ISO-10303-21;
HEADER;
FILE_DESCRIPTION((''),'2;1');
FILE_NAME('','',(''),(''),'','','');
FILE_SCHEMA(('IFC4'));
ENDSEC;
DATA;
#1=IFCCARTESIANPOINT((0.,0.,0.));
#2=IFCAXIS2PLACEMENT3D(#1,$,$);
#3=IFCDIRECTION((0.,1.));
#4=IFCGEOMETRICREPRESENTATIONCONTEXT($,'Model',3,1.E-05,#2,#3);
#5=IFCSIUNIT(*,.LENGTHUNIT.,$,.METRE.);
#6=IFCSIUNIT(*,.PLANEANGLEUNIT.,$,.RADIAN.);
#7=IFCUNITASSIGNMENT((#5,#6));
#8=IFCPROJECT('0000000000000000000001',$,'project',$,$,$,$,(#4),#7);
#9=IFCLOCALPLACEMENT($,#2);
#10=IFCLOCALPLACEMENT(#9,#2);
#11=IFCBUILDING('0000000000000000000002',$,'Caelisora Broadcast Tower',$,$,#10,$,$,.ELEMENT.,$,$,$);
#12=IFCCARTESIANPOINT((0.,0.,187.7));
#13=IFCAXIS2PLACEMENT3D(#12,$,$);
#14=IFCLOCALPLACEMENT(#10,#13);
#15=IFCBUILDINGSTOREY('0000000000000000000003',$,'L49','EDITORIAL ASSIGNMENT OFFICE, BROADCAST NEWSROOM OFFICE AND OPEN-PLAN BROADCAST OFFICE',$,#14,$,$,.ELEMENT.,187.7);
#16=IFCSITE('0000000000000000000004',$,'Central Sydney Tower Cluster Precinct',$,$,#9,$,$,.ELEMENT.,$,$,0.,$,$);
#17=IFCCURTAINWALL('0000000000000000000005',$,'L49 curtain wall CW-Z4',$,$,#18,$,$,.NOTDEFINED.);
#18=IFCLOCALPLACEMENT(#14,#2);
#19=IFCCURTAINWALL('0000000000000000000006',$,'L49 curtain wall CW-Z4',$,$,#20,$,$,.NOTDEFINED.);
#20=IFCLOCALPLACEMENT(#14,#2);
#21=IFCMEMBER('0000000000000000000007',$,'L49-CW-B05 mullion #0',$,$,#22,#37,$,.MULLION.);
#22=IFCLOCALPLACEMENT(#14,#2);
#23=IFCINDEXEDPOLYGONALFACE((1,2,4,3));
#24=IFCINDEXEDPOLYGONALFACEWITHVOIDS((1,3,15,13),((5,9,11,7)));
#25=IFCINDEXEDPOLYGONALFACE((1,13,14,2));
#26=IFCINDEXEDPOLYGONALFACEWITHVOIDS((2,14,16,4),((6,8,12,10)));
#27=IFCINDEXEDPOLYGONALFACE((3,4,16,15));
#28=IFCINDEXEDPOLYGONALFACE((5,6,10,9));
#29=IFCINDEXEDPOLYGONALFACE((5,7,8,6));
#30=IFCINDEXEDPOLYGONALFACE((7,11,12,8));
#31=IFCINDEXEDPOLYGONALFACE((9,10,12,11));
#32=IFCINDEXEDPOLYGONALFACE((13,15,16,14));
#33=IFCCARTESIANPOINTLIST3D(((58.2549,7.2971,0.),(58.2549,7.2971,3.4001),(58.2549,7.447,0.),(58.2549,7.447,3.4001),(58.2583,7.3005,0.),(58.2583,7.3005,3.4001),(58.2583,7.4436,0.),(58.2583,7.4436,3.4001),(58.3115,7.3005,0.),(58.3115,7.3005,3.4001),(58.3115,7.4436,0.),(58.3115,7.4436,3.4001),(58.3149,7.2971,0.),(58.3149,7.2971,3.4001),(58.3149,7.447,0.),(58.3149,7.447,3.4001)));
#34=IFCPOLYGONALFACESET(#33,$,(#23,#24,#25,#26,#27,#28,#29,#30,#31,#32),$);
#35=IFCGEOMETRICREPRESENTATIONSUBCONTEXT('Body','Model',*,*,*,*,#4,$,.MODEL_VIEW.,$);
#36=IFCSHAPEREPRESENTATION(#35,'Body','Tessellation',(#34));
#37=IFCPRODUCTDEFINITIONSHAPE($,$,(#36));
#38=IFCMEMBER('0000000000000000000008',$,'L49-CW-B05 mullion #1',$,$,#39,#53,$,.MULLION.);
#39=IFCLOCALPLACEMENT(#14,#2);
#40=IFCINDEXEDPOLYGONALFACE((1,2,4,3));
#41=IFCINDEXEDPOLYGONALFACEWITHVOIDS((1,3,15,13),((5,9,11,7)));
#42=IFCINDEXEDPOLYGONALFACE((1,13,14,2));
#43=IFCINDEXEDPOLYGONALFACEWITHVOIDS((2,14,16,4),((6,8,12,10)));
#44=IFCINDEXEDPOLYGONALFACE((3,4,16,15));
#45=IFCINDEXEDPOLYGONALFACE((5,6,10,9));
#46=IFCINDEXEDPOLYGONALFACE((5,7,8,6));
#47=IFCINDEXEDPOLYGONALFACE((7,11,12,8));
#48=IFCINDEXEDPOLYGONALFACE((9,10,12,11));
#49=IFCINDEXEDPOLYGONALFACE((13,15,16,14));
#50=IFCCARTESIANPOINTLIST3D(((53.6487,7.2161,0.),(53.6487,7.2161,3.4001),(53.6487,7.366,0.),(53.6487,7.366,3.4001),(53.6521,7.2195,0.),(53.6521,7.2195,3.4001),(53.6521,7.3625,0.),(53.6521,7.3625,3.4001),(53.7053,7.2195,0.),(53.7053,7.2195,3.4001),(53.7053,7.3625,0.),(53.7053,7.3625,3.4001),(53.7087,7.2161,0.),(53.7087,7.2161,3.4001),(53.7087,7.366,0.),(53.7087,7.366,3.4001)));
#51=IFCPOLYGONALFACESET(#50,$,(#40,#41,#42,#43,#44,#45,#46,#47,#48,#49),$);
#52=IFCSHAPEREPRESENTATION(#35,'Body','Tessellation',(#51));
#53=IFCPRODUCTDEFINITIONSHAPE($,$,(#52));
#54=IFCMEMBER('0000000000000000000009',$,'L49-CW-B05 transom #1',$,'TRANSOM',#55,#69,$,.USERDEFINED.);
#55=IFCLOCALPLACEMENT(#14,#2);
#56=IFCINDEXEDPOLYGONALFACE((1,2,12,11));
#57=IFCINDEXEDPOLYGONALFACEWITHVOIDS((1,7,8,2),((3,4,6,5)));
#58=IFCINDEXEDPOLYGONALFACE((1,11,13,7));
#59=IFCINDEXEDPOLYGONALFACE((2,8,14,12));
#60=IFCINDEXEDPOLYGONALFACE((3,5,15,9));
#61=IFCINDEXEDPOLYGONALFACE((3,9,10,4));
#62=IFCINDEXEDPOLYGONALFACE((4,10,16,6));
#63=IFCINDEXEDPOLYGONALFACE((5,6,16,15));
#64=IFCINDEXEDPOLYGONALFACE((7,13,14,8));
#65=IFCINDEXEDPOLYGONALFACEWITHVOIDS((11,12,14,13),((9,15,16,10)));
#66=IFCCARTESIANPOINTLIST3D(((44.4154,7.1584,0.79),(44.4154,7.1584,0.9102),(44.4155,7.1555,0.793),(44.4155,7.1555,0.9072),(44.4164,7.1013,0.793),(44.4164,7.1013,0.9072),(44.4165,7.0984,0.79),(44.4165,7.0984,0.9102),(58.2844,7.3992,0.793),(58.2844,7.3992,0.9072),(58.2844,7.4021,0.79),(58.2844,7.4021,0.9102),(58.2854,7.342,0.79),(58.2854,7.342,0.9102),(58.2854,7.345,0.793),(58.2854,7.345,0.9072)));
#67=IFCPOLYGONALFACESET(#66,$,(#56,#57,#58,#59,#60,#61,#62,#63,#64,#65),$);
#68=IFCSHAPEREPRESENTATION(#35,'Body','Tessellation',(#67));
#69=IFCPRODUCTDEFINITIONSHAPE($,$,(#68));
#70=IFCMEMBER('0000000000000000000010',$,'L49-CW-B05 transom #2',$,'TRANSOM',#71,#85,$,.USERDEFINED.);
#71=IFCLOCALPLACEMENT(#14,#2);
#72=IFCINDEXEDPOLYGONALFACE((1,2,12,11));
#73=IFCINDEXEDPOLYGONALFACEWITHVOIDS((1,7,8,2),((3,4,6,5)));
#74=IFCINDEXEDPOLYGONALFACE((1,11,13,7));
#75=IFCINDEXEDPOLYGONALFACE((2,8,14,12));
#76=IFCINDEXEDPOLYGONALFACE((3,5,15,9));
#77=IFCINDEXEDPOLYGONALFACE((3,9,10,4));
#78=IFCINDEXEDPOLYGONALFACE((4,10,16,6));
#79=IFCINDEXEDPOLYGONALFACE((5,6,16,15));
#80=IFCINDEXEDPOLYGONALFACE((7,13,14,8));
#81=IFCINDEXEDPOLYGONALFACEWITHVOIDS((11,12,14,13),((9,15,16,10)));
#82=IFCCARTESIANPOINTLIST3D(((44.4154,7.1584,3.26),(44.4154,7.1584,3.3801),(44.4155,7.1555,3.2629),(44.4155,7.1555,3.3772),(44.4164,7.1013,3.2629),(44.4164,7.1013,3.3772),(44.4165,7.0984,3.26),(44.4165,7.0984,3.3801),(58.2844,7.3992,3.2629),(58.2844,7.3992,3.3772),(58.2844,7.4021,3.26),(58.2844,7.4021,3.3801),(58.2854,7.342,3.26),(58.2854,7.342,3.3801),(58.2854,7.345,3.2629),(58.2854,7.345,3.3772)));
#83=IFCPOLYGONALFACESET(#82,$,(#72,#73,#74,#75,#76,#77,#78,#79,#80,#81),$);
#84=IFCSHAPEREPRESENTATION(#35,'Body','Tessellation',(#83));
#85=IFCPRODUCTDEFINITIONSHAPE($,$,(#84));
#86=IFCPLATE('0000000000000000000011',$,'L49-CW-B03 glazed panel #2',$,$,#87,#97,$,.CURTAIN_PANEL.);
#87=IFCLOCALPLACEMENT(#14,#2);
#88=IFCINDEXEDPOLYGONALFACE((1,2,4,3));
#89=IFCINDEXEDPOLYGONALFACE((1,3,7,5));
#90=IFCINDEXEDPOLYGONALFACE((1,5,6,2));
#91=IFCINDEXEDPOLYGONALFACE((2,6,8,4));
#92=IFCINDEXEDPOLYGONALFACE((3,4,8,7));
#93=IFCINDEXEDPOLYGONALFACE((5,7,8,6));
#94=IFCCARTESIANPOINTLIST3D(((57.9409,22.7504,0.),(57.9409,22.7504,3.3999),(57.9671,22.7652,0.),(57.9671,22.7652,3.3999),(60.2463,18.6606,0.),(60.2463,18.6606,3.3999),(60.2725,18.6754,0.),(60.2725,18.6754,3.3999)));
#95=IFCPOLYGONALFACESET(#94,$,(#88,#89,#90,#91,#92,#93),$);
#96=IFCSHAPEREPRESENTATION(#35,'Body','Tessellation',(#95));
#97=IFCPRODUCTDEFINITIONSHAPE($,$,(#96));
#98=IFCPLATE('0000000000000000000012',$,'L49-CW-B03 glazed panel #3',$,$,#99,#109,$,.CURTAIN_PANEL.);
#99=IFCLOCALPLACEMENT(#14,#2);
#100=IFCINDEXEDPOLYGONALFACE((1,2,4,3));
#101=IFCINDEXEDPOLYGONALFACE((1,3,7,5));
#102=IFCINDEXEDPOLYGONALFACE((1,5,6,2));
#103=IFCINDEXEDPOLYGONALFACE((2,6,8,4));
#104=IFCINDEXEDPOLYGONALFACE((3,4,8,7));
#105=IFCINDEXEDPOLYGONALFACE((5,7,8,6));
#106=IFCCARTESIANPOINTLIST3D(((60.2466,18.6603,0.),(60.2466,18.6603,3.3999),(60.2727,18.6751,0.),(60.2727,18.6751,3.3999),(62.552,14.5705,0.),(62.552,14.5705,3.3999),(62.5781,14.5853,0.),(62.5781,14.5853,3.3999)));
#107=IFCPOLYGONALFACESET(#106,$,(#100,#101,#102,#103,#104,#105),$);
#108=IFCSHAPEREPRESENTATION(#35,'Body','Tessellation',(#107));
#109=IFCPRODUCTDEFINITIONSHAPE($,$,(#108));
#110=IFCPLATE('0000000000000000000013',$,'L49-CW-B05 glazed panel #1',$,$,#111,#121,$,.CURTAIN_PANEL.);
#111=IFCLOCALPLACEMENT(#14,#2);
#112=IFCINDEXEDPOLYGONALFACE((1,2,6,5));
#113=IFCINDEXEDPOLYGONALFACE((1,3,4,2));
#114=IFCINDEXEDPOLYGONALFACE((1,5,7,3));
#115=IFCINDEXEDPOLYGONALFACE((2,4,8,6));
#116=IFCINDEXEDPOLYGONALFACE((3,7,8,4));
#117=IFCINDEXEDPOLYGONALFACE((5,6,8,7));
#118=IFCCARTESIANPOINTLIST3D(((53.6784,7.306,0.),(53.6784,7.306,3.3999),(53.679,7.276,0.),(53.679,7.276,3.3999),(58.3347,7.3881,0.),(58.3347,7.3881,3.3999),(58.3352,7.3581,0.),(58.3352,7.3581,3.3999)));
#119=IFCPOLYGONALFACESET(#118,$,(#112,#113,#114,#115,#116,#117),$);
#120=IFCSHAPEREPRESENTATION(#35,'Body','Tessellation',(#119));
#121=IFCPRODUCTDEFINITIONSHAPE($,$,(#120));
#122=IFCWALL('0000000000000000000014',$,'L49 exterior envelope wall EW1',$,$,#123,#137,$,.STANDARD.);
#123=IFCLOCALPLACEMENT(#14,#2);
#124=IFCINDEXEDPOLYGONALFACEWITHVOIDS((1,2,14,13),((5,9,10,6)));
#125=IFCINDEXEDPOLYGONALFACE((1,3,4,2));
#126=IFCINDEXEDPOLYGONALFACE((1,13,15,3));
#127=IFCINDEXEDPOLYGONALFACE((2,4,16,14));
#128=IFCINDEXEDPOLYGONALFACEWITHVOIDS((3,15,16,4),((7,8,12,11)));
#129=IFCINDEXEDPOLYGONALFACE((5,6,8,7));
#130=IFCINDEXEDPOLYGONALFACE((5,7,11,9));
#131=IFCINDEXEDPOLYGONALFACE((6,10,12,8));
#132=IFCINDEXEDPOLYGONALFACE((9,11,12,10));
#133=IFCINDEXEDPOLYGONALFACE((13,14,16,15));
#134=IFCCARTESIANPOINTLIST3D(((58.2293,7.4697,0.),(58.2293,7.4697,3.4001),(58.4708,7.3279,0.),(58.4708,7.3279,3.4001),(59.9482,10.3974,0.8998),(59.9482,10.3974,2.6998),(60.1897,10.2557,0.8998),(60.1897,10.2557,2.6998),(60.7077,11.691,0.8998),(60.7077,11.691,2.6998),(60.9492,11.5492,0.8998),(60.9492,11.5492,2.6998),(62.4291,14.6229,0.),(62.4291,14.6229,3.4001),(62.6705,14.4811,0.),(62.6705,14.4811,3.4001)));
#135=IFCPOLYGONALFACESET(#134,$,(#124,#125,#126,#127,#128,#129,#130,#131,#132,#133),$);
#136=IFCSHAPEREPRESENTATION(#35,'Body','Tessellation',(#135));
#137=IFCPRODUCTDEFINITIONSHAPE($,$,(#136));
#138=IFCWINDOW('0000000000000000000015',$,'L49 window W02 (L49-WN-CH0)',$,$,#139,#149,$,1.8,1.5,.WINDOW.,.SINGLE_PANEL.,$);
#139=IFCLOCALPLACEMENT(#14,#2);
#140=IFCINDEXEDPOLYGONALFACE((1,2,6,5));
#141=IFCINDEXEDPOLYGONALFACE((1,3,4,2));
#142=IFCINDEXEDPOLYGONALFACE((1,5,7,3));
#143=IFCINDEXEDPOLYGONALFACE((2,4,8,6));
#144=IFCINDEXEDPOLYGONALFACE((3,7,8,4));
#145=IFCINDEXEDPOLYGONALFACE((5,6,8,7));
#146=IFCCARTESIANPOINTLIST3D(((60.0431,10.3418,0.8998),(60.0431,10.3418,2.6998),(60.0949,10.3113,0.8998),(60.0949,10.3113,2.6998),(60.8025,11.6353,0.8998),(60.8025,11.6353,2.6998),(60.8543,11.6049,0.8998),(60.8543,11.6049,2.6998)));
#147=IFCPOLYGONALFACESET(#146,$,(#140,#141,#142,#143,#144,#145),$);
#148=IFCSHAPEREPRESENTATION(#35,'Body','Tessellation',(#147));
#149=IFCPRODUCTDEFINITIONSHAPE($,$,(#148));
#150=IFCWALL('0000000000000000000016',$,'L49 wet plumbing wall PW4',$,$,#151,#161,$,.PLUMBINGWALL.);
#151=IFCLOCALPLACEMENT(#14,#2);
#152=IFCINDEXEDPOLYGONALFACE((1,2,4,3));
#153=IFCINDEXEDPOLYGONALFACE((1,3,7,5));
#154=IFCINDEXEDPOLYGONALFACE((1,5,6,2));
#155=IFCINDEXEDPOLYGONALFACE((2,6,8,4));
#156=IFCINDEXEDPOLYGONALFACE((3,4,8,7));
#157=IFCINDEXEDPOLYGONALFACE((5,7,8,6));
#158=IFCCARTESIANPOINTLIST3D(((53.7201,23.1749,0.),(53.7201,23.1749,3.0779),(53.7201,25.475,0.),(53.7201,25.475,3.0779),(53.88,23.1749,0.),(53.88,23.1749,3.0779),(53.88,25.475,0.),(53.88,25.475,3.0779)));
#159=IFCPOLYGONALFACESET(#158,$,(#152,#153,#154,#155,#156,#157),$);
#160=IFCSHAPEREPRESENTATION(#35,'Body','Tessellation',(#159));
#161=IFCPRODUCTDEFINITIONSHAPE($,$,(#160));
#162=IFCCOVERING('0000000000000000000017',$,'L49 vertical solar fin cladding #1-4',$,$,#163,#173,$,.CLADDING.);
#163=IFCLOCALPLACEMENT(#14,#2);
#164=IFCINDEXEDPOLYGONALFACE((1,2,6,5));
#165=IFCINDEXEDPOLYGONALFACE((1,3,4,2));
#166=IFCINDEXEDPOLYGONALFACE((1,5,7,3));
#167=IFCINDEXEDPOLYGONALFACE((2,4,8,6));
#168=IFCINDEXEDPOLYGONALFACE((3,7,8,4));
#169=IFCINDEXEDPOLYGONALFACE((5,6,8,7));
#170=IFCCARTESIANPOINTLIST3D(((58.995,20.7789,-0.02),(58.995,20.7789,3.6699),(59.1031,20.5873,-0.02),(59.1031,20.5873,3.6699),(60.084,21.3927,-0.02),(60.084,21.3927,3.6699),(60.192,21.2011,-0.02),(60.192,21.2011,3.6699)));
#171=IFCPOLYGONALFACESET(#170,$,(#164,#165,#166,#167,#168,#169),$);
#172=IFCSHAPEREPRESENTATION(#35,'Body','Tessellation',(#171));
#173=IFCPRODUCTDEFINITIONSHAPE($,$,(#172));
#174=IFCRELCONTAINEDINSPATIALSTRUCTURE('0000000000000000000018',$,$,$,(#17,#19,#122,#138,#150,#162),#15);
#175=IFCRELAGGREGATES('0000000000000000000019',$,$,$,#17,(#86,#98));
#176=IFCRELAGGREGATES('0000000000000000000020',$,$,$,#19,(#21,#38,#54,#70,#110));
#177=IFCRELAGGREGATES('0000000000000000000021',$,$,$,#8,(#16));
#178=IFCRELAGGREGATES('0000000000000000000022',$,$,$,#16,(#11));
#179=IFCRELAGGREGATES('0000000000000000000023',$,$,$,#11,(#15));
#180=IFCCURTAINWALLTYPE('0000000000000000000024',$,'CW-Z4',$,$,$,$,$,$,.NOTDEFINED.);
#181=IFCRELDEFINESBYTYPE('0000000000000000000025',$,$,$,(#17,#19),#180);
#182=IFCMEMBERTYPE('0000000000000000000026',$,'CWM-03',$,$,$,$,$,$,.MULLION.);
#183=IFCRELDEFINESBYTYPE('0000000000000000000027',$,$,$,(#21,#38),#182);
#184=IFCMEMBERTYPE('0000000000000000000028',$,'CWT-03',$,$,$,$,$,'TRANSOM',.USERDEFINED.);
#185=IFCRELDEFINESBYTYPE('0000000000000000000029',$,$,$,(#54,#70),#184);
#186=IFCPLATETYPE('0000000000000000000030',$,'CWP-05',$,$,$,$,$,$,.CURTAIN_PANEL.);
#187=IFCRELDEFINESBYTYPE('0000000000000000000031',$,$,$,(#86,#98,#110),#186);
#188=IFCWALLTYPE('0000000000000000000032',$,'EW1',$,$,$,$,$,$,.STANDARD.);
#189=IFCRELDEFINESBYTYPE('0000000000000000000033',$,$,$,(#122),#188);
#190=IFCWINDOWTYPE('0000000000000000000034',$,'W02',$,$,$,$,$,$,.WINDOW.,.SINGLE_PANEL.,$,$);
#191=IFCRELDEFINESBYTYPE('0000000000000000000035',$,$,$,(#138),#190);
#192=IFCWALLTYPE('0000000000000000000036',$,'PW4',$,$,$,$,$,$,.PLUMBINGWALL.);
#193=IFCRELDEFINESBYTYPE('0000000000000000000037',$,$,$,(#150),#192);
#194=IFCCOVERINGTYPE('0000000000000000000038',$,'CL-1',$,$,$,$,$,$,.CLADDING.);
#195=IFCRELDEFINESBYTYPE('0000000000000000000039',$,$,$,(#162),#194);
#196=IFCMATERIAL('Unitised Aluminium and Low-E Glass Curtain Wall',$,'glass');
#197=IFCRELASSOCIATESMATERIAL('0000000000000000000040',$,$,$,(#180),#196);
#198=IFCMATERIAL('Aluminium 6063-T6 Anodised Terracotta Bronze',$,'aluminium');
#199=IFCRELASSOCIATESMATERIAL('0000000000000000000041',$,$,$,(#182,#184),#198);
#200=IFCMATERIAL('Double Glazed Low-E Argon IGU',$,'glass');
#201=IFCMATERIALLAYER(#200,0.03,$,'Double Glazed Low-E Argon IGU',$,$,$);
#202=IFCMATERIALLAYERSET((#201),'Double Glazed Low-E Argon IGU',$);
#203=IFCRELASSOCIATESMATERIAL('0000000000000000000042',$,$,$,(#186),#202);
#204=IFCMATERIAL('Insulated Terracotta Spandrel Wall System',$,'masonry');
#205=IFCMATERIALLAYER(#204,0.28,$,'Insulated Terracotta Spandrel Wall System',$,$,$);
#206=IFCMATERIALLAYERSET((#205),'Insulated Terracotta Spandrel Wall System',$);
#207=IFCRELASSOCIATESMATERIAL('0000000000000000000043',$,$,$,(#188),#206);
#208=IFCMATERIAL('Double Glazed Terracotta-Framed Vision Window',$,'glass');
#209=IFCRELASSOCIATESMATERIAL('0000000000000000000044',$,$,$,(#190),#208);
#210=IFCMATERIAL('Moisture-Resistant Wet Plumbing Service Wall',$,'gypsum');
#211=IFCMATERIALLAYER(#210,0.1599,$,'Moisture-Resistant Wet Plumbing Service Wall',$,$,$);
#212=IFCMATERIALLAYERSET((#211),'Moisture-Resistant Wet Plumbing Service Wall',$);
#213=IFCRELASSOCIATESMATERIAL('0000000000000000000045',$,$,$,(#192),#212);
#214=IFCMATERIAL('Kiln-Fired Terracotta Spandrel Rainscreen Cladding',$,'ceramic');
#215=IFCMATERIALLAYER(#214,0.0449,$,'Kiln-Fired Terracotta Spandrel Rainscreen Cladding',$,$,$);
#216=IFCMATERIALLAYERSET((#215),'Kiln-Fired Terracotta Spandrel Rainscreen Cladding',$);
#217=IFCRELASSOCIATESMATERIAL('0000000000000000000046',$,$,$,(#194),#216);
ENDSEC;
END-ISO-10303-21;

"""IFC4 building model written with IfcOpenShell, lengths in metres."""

from ifc_helpers import new_model, si_unit, direction, frame, frame_2d, origin, origin_2d, place, context, subcontext, project, spatial, rectangle, hollow_rectangle, extrude, source, transform, mapped, material, layer, layer_set, material_profile, profile_set, type_object, type_shapes, element, fill, aggregate, save


model = new_model("IFC4")

# Units and contexts
model_context = context("Model", 3, precision=1e-05, world=origin(), true_north=direction((0.0, 1.0)))
body_context = subcontext(model_context, "Body", "Model", "MODEL_VIEW")
ifc_project = project(units=[si_unit("LENGTHUNIT", "METRE"), si_unit("PLANEANGLEUNIT", "RADIAN")], contexts=[model_context])

# Site, building, storey
site_placement = place(None, origin())
site = spatial("IfcSite", under=ifc_project, at=site_placement, Name="Central Sydney Tower Cluster Precinct", CompositionType="ELEMENT", RefElevation=0.0)
building_placement = place(site_placement, origin())
building = spatial("IfcBuilding", under=site, at=building_placement, Name="Caelisora Broadcast Tower", CompositionType="ELEMENT")
storey_placement = place(building_placement, frame((0.0, 0.0, 187.7)))
storey = spatial("IfcBuildingStorey", under=building, at=storey_placement, Name="L49", Description="EDITORIAL ASSIGNMENT OFFICE, BROADCAST NEWSROOM OFFICE AND OPEN-PLAN BROADCAST OFFICE", CompositionType="ELEMENT", Elevation=187.7)

# Curtain walls, members
ifc_material_1 = material(Name="Unitised Aluminium and Low-E Glass Curtain Wall", Category="glass")
curtain_wall_type = type_object("IfcCurtainWallType", Name="CW-Z4", PredefinedType="NOTDEFINED", material=ifc_material_1)
curtain_wall_1_placement = place(storey_placement, origin())
curtain_wall_1 = element("IfcCurtainWall", 1, at=curtain_wall_1_placement, inside=storey, type_object=curtain_wall_type, Name="L49 curtain wall CW-Z4", PredefinedType="NOTDEFINED")
ifc_material_2 = material(Name="Aluminium 6063-T6 Anodised Terracotta Bronze", Category="aluminium")
ifc_material_profile_1 = material_profile(ifc_material_2, hollow_rectangle(XDim=0.0601, YDim=0.1499, WallThickness=0.0034, at=origin_2d()), Name="Aluminium 6063-T6 Anodised Terracotta Bronze")
ifc_profile_set_1 = profile_set([ifc_material_profile_1], Name="Aluminium 6063-T6 Anodised Terracotta Bronze")
member_type_1 = type_object("IfcMemberType", Name="CWM-03", PredefinedType="MULLION", material=ifc_profile_set_1)
shared_shape_1 = source(origin(), body_context, "Body", "SweptSolid", [
    extrude(hollow_rectangle(XDim=0.0601, YDim=0.1499, WallThickness=0.0034, at=origin_2d()), origin(), (0.0, 0.0, 1.0), 3.4001),
])
type_shapes(member_type_1, [shared_shape_1])
curtain_wall_2_placement = place(storey_placement, origin())
curtain_wall_2 = element("IfcCurtainWall", 2, at=curtain_wall_2_placement, inside=storey, type_object=curtain_wall_type, Name="L49 curtain wall CW-Z4", PredefinedType="NOTDEFINED")
member_1_placement = place(storey_placement, frame((58.2849, 7.3721, 0.0), z_axis=(0.0, 0.0, 1.0), x_axis=(1.0, 0.0, 0.0)))
member_1 = element("IfcMember", 3, at=member_1_placement, type_object=member_type_1, Name="L49-CW-B05 mullion #0", PredefinedType="MULLION", context=body_context, shape_type="MappedRepresentation", body=[
    mapped(shared_shape_1, transform((0.0, 0.0, 0.0), scale=1.0)),
])
member_2_placement = place(storey_placement, frame((53.6787, 7.291, 0.0), z_axis=(0.0, 0.0, 1.0), x_axis=(1.0, 0.0, 0.0)))
member_2 = element("IfcMember", 4, at=member_2_placement, type_object=member_type_1, Name="L49-CW-B05 mullion #1", PredefinedType="MULLION", context=body_context, shape_type="MappedRepresentation", body=[
    mapped(shared_shape_1, transform((0.0, 0.0, 0.0), scale=1.0)),
])
ifc_material_profile_2 = material_profile(ifc_material_2, hollow_rectangle(XDim=0.0601, YDim=0.1201, WallThickness=0.0029, at=origin_2d()), Name="Aluminium 6063-T6 Anodised Terracotta Bronze")
ifc_profile_set_2 = profile_set([ifc_material_profile_2], Name="Aluminium 6063-T6 Anodised Terracotta Bronze")
member_type_2 = type_object("IfcMemberType", Name="CWT-03", ElementType="TRANSOM", PredefinedType="USERDEFINED", material=ifc_profile_set_2)
shared_shape_2 = source(origin(), body_context, "Body", "SweptSolid", [
    extrude(hollow_rectangle(XDim=0.0601, YDim=0.1201, WallThickness=0.0029, at=origin_2d()), origin(), (0.0, 0.0, 1.0), 13.8711),
])
type_shapes(member_type_2, [shared_shape_2])
member_3_placement = place(storey_placement, frame((58.2849, 7.3721, 0.8501), z_axis=(-0.999846, -0.017566, 0.0), x_axis=(0.017566, -0.999846, 0.0)))
member_3 = element("IfcMember", 5, at=member_3_placement, type_object=member_type_2, Name="L49-CW-B05 transom #1", ObjectType="TRANSOM", PredefinedType="USERDEFINED", context=body_context, shape_type="MappedRepresentation", body=[
    mapped(shared_shape_2, transform((0.0, 0.0, 0.0), scale=1.0)),
])
member_4_placement = place(storey_placement, frame((58.2849, 7.3721, 3.3201), z_axis=(-0.999846, -0.017566, 0.0), x_axis=(0.017566, -0.999846, 0.0)))
member_4 = element("IfcMember", 6, at=member_4_placement, type_object=member_type_2, Name="L49-CW-B05 transom #2", ObjectType="TRANSOM", PredefinedType="USERDEFINED", context=body_context, shape_type="MappedRepresentation", body=[
    mapped(shared_shape_2, transform((0.0, 0.0, 0.0), scale=1.0)),
])

# Plates
ifc_material_3 = material(Name="Double Glazed Low-E Argon IGU", Category="glass")
ifc_layer_1 = layer(ifc_material_3, 0.03, Name="Double Glazed Low-E Argon IGU")
ifc_layer_set_1 = layer_set([ifc_layer_1], Name="Double Glazed Low-E Argon IGU")
plate_type = type_object("IfcPlateType", Name="CWP-05", PredefinedType="CURTAIN_PANEL", material=ifc_layer_set_1)
shared_shape_3 = source(origin(), body_context, "Body", "SweptSolid", [
    extrude(rectangle(XDim=4.6948, YDim=0.03, at=origin_2d()), origin(), (0.0, 0.0, 1.0), 3.3999),
])
plate_1_placement = place(storey_placement, frame((59.1067, 20.7129, 0.0), z_axis=(0.0, 0.0, 1.0), x_axis=(0.491056, -0.871128, 0.0)))
plate_1 = element("IfcPlate", 7, at=plate_1_placement, type_object=plate_type, Name="L49-CW-B03 glazed panel #2", PredefinedType="CURTAIN_PANEL", context=body_context, shape_type="MappedRepresentation", body=[
    mapped(shared_shape_3, transform((0.0, 0.0, 0.0), scale=1.0)),
])
plate_2_placement = place(storey_placement, frame((61.4124, 16.6228, 0.0), z_axis=(0.0, 0.0, 1.0), x_axis=(0.491056, -0.871128, 0.0)))
plate_2 = element("IfcPlate", 8, at=plate_2_placement, type_object=plate_type, Name="L49-CW-B03 glazed panel #3", PredefinedType="CURTAIN_PANEL", context=body_context, shape_type="MappedRepresentation", body=[
    mapped(shared_shape_3, transform((0.0, 0.0, 0.0), scale=1.0)),
])
aggregate(curtain_wall_1, [plate_1, plate_2])
shared_shape_4 = source(origin(), body_context, "Body", "SweptSolid", [
    extrude(rectangle(XDim=4.657, YDim=0.03, at=origin_2d()), origin(), (0.0, 0.0, 1.0), 3.3999),
])
type_shapes(plate_type, [shared_shape_3, shared_shape_4])
plate_3_placement = place(storey_placement, frame((56.0068, 7.332, 0.0), z_axis=(0.0, 0.0, 1.0), x_axis=(-0.999845, -0.017627, 0.0)))
plate_3 = element("IfcPlate", 9, at=plate_3_placement, type_object=plate_type, Name="L49-CW-B05 glazed panel #1", PredefinedType="CURTAIN_PANEL", context=body_context, shape_type="MappedRepresentation", body=[
    mapped(shared_shape_4, transform((0.0, 0.0, 0.0), scale=1.0)),
])
aggregate(curtain_wall_2, [member_1, member_2, member_3, member_4, plate_3])

# Wall, opening, window
ifc_material_4 = material(Name="Insulated Terracotta Spandrel Wall System", Category="masonry")
ifc_layer_2 = layer(ifc_material_4, 0.28, Name="Insulated Terracotta Spandrel Wall System")
ifc_layer_set_2 = layer_set([ifc_layer_2], Name="Insulated Terracotta Spandrel Wall System")
wall_type_1 = type_object("IfcWallType", Name="EW1", PredefinedType="STANDARD", material=ifc_layer_set_2)
wall_1_placement = place(storey_placement, frame((62.5498, 14.552, 0.0), z_axis=(0.0, 0.0, 1.0), x_axis=(-0.506305, -0.862355, 0.0)))
wall_1 = element("IfcWall", 10, at=wall_1_placement, inside=storey, type_object=wall_type_1, Name="L49 exterior envelope wall EW1", PredefinedType="STANDARD", context=body_context, shape_type="SweptSolid", body=[
    extrude(rectangle(XDim=8.2949, YDim=0.28, at=frame_2d((4.1475, 0.0))), origin(), (0.0, 0.0, 1.0), 3.4001),
])
opening_placement = place(wall_1_placement, frame((3.3999, 0.0, 0.8999)))
opening = element("IfcOpeningElement", 11, at=opening_placement, cuts=wall_1, PredefinedType="OPENING", context=body_context, shape_type="SweptSolid", body=[
    extrude(rectangle(XDim=1.5, YDim=1.8, at=frame_2d((0.75, 0.8999))), frame((0.0, 0.1521, 0.0), z_axis=(0.0, -1.0, 0.0), x_axis=(1.0, 0.0, 0.0)), (0.0, 0.0, 1.0), 0.304),
])
ifc_material_5 = material(Name="Double Glazed Terracotta-Framed Vision Window", Category="glass")
window_type = type_object("IfcWindowType", Name="W02", PartitioningType="SINGLE_PANEL", PredefinedType="WINDOW", material=ifc_material_5)
window_placement = place(opening_placement, origin())
window = element("IfcWindow", 12, at=window_placement, inside=storey, type_object=window_type, Name="L49 window W02 (L49-WN-CH0)", OverallHeight=1.8, OverallWidth=1.5, PartitioningType="SINGLE_PANEL", PredefinedType="WINDOW", context=body_context, shape_type="SweptSolid", body=[
    extrude(rectangle(XDim=1.5, YDim=1.8, at=frame_2d((0.75, 0.8999))), frame((0.0, 0.03, 0.0), z_axis=(0.0, -1.0, 0.0), x_axis=(1.0, 0.0, 0.0)), (0.0, 0.0, 1.0), 0.0601),
])
fill(opening, window)

# Wall
ifc_material_6 = material(Name="Moisture-Resistant Wet Plumbing Service Wall", Category="gypsum")
ifc_layer_3 = layer(ifc_material_6, 0.1599, Name="Moisture-Resistant Wet Plumbing Service Wall")
ifc_layer_set_3 = layer_set([ifc_layer_3], Name="Moisture-Resistant Wet Plumbing Service Wall")
wall_type_2 = type_object("IfcWallType", Name="PW4", PredefinedType="PLUMBINGWALL", material=ifc_layer_set_3)
wall_2_placement = place(storey_placement, frame((53.8, 23.175, 0.0), z_axis=(0.0, 0.0, 1.0), x_axis=(0.0, 1.0, 0.0)))
element("IfcWall", 13, at=wall_2_placement, inside=storey, type_object=wall_type_2, Name="L49 wet plumbing wall PW4", PredefinedType="PLUMBINGWALL", context=body_context, shape_type="SweptSolid", body=[
    extrude(rectangle(XDim=2.3, YDim=0.1599, at=frame_2d((1.1499, 0.0))), origin(), (0.0, 0.0, 1.0), 3.0779),
])

# Covering
ifc_material_7 = material(Name="Kiln-Fired Terracotta Spandrel Rainscreen Cladding", Category="ceramic")
ifc_layer_4 = layer(ifc_material_7, 0.0449, Name="Kiln-Fired Terracotta Spandrel Rainscreen Cladding")
ifc_layer_set_4 = layer_set([ifc_layer_4], Name="Kiln-Fired Terracotta Spandrel Rainscreen Cladding")
covering_type = type_object("IfcCoveringType", Name="CL-1", PredefinedType="CLADDING", material=ifc_layer_set_4)
shared_shape_5 = source(origin(), body_context, "Body", "SweptSolid", [
    extrude(rectangle(XDim=0.22, YDim=1.25, at=origin_2d()), origin(), (0.0, 0.0, 1.0), 3.6899),
])
type_shapes(covering_type, [shared_shape_5])
covering_placement = place(storey_placement, frame((59.5935, 20.99, -0.02), z_axis=(0.0, 0.0, 1.0), x_axis=(0.491056, -0.871128, 0.0)))
element("IfcCovering", 14, at=covering_placement, inside=storey, type_object=covering_type, Name="L49 vertical solar fin cladding #1-4", PredefinedType="CLADDING", context=body_context, shape_type="MappedRepresentation", body=[
    mapped(shared_shape_5, transform((0.0, 0.0, 0.0), scale=1.0)),
])

save(model, "model.ifc")
